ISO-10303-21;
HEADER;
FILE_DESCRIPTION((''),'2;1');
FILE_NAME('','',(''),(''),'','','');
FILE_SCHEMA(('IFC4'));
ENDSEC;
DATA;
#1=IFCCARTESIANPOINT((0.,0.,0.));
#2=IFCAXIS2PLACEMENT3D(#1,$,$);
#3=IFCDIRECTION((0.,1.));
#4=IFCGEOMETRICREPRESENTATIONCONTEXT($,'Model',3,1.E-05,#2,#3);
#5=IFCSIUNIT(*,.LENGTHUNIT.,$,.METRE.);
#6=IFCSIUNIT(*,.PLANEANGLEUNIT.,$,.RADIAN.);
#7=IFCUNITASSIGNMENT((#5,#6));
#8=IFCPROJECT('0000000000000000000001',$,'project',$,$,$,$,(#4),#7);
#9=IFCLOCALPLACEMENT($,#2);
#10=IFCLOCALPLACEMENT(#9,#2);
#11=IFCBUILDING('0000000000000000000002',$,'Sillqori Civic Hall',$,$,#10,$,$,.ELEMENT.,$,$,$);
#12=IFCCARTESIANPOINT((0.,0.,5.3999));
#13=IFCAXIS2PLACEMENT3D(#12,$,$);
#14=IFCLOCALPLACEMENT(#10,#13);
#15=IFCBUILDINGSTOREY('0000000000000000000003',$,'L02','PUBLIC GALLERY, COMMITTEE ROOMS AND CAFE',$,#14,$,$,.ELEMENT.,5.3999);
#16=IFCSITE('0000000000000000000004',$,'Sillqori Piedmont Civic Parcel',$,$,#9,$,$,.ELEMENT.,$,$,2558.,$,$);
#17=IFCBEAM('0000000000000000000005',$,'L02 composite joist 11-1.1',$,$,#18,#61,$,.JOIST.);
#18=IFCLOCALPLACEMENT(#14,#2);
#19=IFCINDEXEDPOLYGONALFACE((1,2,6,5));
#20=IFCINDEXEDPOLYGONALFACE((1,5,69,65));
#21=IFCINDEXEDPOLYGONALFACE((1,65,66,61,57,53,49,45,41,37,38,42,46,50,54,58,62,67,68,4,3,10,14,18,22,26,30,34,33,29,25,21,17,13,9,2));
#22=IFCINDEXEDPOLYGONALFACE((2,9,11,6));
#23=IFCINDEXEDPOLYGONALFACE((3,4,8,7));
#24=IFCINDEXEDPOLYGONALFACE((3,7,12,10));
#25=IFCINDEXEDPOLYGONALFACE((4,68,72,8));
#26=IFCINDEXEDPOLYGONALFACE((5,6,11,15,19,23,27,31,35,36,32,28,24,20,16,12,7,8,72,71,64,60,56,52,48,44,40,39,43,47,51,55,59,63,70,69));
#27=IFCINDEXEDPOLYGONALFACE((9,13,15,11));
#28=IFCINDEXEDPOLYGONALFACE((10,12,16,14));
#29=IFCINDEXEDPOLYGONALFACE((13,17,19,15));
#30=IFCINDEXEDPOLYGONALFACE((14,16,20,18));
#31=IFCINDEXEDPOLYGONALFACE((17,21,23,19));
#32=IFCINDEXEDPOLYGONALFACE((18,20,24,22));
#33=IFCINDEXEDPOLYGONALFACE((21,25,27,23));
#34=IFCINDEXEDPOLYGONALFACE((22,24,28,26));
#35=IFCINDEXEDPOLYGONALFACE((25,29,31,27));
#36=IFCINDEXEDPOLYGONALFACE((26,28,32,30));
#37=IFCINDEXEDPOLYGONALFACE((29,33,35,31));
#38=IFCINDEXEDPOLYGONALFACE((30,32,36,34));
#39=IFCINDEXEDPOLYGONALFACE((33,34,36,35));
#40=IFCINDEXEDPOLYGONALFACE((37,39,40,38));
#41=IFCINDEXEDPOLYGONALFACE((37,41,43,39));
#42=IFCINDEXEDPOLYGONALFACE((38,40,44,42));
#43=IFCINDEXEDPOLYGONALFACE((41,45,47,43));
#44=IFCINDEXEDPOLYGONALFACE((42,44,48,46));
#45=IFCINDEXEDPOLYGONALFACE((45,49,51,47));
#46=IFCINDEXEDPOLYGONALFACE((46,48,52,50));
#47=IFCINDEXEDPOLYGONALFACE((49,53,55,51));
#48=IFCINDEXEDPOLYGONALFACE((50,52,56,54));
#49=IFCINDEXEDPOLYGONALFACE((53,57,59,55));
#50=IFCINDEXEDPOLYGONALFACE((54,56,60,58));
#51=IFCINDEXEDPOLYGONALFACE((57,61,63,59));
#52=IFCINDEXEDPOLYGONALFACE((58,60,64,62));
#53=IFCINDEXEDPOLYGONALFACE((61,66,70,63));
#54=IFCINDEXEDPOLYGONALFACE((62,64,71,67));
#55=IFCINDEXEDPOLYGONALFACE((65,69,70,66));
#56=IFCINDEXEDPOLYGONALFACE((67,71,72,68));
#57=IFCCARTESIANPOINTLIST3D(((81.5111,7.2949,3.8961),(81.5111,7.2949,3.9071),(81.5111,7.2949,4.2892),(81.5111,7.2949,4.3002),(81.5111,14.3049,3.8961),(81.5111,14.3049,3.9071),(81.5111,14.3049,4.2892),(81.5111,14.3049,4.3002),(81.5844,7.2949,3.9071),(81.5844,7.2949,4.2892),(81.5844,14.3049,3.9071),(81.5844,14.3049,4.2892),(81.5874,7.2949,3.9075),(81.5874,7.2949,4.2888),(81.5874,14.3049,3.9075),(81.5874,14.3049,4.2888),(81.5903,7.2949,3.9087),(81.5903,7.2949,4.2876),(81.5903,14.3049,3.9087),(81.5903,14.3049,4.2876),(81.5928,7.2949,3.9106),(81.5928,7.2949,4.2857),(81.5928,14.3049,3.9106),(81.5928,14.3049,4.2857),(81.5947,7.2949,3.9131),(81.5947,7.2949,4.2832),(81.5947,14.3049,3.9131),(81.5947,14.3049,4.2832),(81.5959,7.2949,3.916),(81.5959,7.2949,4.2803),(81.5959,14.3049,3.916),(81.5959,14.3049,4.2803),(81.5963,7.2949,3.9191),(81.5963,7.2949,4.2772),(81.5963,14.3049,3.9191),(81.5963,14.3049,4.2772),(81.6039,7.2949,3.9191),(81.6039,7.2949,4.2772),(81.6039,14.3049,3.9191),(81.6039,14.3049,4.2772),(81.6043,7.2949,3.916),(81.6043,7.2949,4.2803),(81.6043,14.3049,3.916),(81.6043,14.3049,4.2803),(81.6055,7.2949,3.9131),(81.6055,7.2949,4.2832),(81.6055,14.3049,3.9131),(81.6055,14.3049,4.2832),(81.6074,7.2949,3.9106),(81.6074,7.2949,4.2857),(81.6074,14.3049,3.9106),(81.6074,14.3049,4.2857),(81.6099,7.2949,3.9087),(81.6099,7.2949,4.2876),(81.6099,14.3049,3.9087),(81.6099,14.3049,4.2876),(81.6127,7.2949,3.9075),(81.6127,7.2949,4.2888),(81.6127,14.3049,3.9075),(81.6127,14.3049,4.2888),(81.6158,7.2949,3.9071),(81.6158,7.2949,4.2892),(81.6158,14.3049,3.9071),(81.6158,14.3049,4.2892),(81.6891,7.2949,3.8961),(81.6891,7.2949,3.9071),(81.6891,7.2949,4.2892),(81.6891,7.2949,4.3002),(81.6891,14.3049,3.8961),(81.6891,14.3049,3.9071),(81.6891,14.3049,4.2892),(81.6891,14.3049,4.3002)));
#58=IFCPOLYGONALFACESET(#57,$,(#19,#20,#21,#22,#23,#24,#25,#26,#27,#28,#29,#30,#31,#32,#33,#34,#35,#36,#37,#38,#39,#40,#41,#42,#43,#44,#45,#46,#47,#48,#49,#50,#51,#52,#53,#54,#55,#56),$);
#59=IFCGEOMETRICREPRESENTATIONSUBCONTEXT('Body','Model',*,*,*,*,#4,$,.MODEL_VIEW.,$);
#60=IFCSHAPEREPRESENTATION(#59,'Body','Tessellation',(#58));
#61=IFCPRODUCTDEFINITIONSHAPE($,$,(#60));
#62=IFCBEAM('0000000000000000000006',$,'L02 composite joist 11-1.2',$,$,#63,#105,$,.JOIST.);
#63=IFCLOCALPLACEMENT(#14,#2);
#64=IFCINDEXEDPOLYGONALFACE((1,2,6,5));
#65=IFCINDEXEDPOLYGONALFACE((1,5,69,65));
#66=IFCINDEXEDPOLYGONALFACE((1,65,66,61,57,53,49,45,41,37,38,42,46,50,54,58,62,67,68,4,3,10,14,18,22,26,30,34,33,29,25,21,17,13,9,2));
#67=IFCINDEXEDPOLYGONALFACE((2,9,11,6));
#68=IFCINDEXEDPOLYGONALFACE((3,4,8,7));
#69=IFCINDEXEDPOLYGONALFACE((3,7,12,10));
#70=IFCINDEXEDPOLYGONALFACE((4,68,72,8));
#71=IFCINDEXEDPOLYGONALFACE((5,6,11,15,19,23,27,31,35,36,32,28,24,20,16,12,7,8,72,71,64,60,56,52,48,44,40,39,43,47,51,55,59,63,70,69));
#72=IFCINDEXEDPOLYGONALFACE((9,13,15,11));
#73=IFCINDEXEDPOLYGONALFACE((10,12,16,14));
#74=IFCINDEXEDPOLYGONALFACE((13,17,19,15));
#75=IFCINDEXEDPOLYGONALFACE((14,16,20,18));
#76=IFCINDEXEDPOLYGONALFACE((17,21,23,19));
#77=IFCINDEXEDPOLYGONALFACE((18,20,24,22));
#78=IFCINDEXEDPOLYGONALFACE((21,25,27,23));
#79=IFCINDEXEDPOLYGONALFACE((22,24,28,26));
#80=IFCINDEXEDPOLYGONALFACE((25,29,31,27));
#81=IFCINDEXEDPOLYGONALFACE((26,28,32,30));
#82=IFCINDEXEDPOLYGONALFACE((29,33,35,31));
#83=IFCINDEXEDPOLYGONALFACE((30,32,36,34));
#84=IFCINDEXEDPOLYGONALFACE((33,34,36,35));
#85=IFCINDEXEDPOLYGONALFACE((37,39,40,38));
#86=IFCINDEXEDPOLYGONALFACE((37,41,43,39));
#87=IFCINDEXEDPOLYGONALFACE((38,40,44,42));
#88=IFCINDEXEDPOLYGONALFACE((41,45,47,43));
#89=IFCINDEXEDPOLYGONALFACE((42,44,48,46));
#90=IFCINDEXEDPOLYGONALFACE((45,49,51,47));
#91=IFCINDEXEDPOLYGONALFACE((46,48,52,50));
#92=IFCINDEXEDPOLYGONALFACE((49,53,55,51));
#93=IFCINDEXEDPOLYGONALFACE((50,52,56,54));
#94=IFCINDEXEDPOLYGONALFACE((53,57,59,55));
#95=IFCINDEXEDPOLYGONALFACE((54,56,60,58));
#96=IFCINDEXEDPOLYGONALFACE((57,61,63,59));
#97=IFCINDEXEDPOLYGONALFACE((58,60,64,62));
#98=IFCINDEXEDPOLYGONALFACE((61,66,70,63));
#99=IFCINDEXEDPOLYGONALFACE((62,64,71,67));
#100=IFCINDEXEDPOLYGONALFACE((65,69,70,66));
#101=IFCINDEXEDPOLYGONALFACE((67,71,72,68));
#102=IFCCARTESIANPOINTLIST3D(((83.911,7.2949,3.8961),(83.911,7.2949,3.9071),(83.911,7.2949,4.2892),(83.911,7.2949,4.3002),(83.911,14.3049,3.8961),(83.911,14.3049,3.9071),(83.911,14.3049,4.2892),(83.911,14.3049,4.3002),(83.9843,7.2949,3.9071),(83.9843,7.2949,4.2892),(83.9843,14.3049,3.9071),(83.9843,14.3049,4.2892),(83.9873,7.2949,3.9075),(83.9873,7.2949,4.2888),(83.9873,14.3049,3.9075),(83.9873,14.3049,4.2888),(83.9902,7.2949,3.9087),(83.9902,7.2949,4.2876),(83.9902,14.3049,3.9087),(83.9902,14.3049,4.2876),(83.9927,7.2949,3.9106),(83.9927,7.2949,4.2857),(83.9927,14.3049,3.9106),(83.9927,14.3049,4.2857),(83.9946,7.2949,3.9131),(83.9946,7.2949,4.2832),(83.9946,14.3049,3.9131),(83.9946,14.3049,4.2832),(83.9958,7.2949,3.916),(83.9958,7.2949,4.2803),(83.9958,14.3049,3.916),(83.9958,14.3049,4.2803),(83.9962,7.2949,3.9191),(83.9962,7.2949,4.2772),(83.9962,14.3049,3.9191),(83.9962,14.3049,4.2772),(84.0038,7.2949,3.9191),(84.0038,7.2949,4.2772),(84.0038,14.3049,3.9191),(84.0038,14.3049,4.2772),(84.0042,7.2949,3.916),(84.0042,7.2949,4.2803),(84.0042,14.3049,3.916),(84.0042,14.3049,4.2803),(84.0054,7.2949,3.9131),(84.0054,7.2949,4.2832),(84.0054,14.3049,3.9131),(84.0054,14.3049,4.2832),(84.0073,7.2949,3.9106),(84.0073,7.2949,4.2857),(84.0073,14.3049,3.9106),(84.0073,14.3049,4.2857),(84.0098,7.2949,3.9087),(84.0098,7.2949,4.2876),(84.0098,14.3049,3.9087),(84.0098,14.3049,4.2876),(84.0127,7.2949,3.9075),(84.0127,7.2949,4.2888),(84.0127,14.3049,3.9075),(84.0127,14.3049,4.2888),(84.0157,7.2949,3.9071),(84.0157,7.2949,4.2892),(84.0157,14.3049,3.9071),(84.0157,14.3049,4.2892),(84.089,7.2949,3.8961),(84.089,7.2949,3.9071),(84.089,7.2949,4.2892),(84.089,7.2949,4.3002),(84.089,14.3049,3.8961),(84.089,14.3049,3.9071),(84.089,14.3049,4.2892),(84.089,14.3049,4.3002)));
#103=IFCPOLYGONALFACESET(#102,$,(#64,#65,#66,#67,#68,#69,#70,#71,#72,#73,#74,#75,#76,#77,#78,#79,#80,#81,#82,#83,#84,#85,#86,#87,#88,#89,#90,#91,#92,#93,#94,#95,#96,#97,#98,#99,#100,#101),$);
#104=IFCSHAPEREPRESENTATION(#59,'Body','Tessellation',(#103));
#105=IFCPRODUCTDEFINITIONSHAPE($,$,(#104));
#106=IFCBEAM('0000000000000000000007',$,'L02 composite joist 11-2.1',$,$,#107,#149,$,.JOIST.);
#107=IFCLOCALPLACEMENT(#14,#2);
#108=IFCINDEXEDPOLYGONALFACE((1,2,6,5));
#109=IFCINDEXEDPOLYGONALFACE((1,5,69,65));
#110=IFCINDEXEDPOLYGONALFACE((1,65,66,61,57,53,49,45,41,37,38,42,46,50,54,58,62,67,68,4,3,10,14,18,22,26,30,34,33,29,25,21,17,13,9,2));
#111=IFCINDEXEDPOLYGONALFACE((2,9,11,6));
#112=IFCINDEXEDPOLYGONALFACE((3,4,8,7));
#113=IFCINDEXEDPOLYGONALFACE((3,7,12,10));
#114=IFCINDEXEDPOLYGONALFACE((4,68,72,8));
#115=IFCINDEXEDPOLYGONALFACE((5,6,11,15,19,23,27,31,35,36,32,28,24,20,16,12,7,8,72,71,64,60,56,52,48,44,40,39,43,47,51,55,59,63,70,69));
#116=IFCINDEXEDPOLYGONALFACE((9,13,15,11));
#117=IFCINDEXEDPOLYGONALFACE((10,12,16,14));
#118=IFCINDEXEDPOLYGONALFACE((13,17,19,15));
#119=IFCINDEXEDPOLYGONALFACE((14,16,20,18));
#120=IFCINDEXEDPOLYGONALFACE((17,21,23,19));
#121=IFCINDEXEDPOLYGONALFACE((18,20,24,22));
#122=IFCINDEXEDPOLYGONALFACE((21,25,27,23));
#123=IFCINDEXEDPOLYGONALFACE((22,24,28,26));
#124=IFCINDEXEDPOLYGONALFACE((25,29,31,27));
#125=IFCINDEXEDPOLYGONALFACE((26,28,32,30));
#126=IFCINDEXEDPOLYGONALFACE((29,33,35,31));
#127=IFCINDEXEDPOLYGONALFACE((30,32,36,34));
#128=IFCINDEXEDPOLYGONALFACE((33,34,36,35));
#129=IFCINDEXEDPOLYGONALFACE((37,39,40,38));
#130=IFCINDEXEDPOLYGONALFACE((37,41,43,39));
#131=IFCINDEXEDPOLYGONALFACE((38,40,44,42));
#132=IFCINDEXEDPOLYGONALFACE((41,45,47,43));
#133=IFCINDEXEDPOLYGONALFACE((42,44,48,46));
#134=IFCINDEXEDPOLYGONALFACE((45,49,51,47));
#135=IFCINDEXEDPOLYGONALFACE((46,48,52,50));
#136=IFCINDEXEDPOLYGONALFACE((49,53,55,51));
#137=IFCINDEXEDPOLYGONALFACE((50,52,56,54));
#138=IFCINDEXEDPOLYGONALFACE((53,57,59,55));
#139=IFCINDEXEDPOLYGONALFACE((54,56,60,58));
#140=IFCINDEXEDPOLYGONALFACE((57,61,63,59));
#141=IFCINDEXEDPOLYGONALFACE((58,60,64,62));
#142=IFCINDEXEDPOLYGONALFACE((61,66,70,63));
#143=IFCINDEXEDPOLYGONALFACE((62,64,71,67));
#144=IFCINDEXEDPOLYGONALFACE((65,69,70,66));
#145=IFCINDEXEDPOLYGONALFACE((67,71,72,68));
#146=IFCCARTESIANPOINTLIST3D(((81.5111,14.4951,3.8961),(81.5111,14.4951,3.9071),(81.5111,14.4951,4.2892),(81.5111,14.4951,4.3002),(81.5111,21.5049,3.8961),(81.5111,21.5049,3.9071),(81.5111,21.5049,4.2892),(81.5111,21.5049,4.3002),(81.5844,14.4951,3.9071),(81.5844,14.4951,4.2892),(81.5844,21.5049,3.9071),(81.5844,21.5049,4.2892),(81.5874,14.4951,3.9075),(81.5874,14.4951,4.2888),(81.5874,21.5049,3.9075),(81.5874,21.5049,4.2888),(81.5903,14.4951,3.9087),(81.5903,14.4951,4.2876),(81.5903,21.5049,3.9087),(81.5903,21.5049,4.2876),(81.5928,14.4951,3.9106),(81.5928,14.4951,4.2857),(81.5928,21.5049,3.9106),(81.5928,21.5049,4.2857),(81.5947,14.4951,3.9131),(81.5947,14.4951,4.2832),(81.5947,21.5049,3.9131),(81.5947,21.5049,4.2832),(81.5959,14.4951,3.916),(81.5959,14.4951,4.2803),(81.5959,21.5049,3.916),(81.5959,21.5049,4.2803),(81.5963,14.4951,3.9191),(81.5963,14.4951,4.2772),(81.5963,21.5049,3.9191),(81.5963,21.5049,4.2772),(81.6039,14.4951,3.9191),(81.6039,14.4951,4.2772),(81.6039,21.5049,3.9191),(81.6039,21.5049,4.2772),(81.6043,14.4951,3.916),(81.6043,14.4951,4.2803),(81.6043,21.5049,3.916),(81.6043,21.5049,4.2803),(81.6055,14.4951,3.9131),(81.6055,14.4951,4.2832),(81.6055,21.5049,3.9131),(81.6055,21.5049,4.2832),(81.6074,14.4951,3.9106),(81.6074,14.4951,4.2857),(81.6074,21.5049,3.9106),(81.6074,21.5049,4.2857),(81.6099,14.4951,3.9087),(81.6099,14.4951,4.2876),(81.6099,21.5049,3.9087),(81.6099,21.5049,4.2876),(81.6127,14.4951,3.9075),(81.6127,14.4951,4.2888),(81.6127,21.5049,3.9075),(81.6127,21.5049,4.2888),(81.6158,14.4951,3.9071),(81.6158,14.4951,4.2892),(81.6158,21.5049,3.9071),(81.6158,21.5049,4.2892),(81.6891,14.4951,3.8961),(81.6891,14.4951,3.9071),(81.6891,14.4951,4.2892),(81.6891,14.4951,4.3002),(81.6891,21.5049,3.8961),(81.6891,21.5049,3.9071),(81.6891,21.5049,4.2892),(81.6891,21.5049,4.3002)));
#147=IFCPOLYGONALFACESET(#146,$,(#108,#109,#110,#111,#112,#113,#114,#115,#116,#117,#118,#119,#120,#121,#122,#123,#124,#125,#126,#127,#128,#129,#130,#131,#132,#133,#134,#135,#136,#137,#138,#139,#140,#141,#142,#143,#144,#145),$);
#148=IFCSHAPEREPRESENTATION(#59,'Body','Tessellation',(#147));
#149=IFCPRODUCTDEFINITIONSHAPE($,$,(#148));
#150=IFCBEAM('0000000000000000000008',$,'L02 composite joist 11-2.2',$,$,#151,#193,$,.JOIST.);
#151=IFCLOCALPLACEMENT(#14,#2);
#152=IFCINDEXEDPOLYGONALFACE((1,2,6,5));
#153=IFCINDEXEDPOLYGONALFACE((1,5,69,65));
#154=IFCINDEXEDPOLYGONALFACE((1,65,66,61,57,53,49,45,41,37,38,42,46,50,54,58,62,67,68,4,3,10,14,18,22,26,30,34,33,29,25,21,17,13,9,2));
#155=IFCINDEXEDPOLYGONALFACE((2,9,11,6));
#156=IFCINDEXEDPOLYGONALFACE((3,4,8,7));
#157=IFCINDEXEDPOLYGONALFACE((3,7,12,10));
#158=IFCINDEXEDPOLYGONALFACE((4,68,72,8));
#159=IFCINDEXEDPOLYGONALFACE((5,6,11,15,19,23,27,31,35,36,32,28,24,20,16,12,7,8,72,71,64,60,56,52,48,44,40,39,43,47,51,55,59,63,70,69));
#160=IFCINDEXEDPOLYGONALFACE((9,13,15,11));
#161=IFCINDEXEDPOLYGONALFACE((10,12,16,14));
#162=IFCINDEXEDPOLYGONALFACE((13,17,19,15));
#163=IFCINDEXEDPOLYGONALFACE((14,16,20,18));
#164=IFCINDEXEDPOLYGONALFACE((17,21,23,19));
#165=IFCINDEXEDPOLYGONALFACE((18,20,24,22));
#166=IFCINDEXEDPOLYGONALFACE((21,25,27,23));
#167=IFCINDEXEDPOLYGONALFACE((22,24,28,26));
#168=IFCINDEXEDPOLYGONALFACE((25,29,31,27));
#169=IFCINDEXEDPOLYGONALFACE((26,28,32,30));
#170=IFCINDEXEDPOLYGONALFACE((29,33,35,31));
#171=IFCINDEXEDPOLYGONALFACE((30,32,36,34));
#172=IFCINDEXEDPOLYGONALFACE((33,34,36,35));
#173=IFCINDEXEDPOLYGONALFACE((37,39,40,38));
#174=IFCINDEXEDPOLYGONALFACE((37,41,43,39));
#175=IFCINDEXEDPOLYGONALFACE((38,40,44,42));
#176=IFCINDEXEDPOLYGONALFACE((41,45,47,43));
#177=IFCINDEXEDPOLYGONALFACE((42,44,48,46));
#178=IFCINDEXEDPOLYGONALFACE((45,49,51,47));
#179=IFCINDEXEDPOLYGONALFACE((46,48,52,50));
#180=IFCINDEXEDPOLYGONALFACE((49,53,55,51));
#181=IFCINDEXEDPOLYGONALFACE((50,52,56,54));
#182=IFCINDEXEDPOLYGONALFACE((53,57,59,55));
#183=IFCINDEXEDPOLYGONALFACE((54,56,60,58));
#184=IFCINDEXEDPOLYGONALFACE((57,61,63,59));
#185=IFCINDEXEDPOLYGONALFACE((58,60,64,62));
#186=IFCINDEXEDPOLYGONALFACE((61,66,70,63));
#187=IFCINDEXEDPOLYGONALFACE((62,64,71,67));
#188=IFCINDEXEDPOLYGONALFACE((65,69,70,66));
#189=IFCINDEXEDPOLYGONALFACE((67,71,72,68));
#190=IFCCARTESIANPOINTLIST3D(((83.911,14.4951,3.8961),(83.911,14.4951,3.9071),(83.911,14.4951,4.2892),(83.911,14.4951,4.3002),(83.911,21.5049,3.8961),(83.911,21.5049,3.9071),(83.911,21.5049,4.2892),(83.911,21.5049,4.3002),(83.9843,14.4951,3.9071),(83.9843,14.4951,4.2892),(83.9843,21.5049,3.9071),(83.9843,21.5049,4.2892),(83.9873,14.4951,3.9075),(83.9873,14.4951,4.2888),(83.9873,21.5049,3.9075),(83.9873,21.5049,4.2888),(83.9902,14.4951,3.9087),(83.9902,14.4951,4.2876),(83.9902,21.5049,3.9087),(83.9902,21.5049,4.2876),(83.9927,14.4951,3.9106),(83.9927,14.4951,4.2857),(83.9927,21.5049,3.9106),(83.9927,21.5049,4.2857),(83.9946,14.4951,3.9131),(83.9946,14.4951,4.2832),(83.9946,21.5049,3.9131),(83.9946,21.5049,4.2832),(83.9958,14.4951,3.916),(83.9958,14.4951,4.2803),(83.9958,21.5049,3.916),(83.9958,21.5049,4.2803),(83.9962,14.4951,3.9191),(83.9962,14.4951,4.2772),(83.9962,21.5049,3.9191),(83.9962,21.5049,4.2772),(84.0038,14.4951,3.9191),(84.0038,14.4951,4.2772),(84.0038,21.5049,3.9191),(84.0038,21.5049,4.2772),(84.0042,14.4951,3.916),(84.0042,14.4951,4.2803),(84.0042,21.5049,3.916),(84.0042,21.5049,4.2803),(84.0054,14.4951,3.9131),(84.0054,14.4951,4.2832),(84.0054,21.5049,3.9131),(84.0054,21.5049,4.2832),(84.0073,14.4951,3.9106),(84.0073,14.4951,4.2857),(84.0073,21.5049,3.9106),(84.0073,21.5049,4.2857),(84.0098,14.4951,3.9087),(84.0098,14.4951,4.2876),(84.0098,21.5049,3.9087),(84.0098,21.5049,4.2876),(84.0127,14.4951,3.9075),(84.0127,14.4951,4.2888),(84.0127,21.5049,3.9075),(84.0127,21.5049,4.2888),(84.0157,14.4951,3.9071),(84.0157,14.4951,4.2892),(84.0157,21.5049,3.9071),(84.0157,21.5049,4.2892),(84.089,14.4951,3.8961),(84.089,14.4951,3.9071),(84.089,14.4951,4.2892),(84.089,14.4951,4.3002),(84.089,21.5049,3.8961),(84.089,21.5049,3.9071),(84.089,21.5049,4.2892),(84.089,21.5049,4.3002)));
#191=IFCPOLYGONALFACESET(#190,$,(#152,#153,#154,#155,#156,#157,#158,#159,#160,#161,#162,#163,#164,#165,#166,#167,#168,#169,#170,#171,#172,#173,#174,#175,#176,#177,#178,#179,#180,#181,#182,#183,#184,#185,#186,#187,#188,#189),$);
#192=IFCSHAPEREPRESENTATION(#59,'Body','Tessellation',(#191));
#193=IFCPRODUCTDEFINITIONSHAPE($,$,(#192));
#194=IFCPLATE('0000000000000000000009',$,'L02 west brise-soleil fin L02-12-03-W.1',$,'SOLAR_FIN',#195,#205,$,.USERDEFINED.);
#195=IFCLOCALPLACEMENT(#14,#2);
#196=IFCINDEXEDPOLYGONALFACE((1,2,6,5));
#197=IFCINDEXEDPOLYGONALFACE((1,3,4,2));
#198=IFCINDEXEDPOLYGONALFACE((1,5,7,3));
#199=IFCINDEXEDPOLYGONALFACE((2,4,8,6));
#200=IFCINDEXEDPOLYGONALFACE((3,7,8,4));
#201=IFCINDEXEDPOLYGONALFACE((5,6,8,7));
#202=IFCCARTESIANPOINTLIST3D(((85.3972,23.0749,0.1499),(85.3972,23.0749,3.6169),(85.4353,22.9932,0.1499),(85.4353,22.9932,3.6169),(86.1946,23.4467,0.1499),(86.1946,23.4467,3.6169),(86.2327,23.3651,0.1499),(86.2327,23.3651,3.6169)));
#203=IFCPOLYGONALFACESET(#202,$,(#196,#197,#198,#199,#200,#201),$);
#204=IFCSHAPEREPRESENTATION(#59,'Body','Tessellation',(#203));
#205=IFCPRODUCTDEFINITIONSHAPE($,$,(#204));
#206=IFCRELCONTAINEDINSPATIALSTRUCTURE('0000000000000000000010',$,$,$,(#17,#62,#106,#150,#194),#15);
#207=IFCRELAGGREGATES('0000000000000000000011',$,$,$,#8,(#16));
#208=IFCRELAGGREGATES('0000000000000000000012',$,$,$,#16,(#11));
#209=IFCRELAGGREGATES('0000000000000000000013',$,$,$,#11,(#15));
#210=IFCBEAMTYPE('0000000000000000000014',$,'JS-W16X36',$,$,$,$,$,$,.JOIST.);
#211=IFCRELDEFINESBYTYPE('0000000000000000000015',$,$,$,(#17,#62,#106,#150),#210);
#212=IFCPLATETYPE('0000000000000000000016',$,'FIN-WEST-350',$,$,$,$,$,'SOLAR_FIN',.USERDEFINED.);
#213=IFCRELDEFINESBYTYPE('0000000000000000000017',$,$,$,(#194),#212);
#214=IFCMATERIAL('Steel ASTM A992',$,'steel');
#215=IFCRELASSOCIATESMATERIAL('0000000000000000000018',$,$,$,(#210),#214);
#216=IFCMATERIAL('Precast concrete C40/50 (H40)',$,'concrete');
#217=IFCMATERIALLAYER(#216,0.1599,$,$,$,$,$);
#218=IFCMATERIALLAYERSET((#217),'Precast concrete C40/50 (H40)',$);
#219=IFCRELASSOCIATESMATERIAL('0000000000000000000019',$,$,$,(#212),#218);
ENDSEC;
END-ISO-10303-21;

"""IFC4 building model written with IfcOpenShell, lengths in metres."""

from ifc_helpers import new_model, si_unit, direction, frame, origin, origin_2d, place, context, subcontext, project, spatial, rectangle, i_section, extrude, material, layer, layer_set, material_profile, profile_set, type_object, element, save


model = new_model("IFC4")

# Units and contexts
model_context = context("Model", 3, precision=1e-05, world=origin(), true_north=direction((0.0, 1.0)))
body_context = subcontext(model_context, "Body", "Model", "MODEL_VIEW")
ifc_project = project(units=[si_unit("LENGTHUNIT", "METRE"), si_unit("PLANEANGLEUNIT", "RADIAN")], contexts=[model_context])

# Site, building, storey
site_placement = place(None, origin())
site = spatial("IfcSite", under=ifc_project, at=site_placement, Name="Sillqori Piedmont Civic Parcel", CompositionType="ELEMENT", RefElevation=2558.0)
building_placement = place(site_placement, origin())
building = spatial("IfcBuilding", under=site, at=building_placement, Name="Sillqori Civic Hall", CompositionType="ELEMENT")
storey_placement = place(building_placement, frame((0.0, 0.0, 5.3999)))
storey = spatial("IfcBuildingStorey", under=building, at=storey_placement, Name="L02", Description="PUBLIC GALLERY, COMMITTEE ROOMS AND CAFE", CompositionType="ELEMENT", Elevation=5.3999)

# Shared definitions
ifc_material_1 = material(Name="Steel ASTM A992", Category="steel")

# Beams
ifc_material_profile_1 = material_profile(ifc_material_1, i_section(OverallWidth=0.178, OverallDepth=0.4041, WebThickness=0.0076, FlangeThickness=0.011, FilletRadius=0.012, at=origin_2d()), Name="W16X36")
ifc_profile_set_1 = profile_set([ifc_material_profile_1], Name="Steel ASTM A992")
beam_type_1 = type_object("IfcBeamType", Name="JS-W16X36", PredefinedType="JOIST", material=ifc_profile_set_1)
for number, where, z_axis, x_axis, name in (
    (1, (81.6001, 7.2949, 4.0981), (0.0, 1.0, 0.0), (-1.0, 0.0, 0.0), "L02 composite joist 11-1.1"),
    (2, (84.0, 7.2949, 4.0981), (0.0, 1.0, 0.0), (-1.0, 0.0, 0.0), "L02 composite joist 11-1.2"),
):
    element("IfcBeam", number, at=place(storey_placement, frame(where, z_axis=z_axis, x_axis=x_axis)), inside=storey, type_object=beam_type_1, Name=name, PredefinedType="JOIST", context=body_context, shape_type="SweptSolid", body=[
        extrude(i_section(OverallWidth=0.178, OverallDepth=0.4041, WebThickness=0.0076, FlangeThickness=0.011, FilletRadius=0.012, at=origin_2d()), origin(), (0.0, 0.0, 1.0), 7.01),
    ])
for number, where, z_axis, x_axis, name in (
    (3, (81.6001, 14.4951, 4.0981), (0.0, 1.0, 0.0), (-1.0, 0.0, 0.0), "L02 composite joist 11-2.1"),
    (4, (84.0, 14.4951, 4.0981), (0.0, 1.0, 0.0), (-1.0, 0.0, 0.0), "L02 composite joist 11-2.2"),
):
    element("IfcBeam", number, at=place(storey_placement, frame(where, z_axis=z_axis, x_axis=x_axis)), inside=storey, type_object=beam_type_1, Name=name, PredefinedType="JOIST", context=body_context, shape_type="SweptSolid", body=[
        extrude(i_section(OverallWidth=0.178, OverallDepth=0.4041, WebThickness=0.0076, FlangeThickness=0.011, FilletRadius=0.012, at=origin_2d()), origin(), (0.0, 0.0, 1.0), 7.0098),
    ])

# Plate
ifc_material_2 = material(Name="Precast concrete C40/50 (H40)", Category="concrete")
ifc_layer_1 = layer(ifc_material_2, 0.1599)
ifc_layer_set_1 = layer_set([ifc_layer_1], Name="Precast concrete C40/50 (H40)")
plate_type = type_object("IfcPlateType", Name="FIN-WEST-350", ElementType="SOLAR_FIN", PredefinedType="USERDEFINED", material=ifc_layer_set_1)
plate_placement = place(storey_placement, frame((85.8149, 23.22, 0.1499), z_axis=(0.0, 0.0, 1.0), x_axis=(-0.422618, 0.906308, 0.0)))
element("IfcPlate", 5, at=plate_placement, inside=storey, type_object=plate_type, Name="L02 west brise-soleil fin L02-12-03-W.1", ObjectType="SOLAR_FIN", PredefinedType="USERDEFINED", context=body_context, shape_type="SweptSolid", body=[
    extrude(rectangle(XDim=0.0901, YDim=0.8799, at=origin_2d()), origin(), (0.0, 0.0, 1.0), 3.467),
])

save(model, "model.ifc")
